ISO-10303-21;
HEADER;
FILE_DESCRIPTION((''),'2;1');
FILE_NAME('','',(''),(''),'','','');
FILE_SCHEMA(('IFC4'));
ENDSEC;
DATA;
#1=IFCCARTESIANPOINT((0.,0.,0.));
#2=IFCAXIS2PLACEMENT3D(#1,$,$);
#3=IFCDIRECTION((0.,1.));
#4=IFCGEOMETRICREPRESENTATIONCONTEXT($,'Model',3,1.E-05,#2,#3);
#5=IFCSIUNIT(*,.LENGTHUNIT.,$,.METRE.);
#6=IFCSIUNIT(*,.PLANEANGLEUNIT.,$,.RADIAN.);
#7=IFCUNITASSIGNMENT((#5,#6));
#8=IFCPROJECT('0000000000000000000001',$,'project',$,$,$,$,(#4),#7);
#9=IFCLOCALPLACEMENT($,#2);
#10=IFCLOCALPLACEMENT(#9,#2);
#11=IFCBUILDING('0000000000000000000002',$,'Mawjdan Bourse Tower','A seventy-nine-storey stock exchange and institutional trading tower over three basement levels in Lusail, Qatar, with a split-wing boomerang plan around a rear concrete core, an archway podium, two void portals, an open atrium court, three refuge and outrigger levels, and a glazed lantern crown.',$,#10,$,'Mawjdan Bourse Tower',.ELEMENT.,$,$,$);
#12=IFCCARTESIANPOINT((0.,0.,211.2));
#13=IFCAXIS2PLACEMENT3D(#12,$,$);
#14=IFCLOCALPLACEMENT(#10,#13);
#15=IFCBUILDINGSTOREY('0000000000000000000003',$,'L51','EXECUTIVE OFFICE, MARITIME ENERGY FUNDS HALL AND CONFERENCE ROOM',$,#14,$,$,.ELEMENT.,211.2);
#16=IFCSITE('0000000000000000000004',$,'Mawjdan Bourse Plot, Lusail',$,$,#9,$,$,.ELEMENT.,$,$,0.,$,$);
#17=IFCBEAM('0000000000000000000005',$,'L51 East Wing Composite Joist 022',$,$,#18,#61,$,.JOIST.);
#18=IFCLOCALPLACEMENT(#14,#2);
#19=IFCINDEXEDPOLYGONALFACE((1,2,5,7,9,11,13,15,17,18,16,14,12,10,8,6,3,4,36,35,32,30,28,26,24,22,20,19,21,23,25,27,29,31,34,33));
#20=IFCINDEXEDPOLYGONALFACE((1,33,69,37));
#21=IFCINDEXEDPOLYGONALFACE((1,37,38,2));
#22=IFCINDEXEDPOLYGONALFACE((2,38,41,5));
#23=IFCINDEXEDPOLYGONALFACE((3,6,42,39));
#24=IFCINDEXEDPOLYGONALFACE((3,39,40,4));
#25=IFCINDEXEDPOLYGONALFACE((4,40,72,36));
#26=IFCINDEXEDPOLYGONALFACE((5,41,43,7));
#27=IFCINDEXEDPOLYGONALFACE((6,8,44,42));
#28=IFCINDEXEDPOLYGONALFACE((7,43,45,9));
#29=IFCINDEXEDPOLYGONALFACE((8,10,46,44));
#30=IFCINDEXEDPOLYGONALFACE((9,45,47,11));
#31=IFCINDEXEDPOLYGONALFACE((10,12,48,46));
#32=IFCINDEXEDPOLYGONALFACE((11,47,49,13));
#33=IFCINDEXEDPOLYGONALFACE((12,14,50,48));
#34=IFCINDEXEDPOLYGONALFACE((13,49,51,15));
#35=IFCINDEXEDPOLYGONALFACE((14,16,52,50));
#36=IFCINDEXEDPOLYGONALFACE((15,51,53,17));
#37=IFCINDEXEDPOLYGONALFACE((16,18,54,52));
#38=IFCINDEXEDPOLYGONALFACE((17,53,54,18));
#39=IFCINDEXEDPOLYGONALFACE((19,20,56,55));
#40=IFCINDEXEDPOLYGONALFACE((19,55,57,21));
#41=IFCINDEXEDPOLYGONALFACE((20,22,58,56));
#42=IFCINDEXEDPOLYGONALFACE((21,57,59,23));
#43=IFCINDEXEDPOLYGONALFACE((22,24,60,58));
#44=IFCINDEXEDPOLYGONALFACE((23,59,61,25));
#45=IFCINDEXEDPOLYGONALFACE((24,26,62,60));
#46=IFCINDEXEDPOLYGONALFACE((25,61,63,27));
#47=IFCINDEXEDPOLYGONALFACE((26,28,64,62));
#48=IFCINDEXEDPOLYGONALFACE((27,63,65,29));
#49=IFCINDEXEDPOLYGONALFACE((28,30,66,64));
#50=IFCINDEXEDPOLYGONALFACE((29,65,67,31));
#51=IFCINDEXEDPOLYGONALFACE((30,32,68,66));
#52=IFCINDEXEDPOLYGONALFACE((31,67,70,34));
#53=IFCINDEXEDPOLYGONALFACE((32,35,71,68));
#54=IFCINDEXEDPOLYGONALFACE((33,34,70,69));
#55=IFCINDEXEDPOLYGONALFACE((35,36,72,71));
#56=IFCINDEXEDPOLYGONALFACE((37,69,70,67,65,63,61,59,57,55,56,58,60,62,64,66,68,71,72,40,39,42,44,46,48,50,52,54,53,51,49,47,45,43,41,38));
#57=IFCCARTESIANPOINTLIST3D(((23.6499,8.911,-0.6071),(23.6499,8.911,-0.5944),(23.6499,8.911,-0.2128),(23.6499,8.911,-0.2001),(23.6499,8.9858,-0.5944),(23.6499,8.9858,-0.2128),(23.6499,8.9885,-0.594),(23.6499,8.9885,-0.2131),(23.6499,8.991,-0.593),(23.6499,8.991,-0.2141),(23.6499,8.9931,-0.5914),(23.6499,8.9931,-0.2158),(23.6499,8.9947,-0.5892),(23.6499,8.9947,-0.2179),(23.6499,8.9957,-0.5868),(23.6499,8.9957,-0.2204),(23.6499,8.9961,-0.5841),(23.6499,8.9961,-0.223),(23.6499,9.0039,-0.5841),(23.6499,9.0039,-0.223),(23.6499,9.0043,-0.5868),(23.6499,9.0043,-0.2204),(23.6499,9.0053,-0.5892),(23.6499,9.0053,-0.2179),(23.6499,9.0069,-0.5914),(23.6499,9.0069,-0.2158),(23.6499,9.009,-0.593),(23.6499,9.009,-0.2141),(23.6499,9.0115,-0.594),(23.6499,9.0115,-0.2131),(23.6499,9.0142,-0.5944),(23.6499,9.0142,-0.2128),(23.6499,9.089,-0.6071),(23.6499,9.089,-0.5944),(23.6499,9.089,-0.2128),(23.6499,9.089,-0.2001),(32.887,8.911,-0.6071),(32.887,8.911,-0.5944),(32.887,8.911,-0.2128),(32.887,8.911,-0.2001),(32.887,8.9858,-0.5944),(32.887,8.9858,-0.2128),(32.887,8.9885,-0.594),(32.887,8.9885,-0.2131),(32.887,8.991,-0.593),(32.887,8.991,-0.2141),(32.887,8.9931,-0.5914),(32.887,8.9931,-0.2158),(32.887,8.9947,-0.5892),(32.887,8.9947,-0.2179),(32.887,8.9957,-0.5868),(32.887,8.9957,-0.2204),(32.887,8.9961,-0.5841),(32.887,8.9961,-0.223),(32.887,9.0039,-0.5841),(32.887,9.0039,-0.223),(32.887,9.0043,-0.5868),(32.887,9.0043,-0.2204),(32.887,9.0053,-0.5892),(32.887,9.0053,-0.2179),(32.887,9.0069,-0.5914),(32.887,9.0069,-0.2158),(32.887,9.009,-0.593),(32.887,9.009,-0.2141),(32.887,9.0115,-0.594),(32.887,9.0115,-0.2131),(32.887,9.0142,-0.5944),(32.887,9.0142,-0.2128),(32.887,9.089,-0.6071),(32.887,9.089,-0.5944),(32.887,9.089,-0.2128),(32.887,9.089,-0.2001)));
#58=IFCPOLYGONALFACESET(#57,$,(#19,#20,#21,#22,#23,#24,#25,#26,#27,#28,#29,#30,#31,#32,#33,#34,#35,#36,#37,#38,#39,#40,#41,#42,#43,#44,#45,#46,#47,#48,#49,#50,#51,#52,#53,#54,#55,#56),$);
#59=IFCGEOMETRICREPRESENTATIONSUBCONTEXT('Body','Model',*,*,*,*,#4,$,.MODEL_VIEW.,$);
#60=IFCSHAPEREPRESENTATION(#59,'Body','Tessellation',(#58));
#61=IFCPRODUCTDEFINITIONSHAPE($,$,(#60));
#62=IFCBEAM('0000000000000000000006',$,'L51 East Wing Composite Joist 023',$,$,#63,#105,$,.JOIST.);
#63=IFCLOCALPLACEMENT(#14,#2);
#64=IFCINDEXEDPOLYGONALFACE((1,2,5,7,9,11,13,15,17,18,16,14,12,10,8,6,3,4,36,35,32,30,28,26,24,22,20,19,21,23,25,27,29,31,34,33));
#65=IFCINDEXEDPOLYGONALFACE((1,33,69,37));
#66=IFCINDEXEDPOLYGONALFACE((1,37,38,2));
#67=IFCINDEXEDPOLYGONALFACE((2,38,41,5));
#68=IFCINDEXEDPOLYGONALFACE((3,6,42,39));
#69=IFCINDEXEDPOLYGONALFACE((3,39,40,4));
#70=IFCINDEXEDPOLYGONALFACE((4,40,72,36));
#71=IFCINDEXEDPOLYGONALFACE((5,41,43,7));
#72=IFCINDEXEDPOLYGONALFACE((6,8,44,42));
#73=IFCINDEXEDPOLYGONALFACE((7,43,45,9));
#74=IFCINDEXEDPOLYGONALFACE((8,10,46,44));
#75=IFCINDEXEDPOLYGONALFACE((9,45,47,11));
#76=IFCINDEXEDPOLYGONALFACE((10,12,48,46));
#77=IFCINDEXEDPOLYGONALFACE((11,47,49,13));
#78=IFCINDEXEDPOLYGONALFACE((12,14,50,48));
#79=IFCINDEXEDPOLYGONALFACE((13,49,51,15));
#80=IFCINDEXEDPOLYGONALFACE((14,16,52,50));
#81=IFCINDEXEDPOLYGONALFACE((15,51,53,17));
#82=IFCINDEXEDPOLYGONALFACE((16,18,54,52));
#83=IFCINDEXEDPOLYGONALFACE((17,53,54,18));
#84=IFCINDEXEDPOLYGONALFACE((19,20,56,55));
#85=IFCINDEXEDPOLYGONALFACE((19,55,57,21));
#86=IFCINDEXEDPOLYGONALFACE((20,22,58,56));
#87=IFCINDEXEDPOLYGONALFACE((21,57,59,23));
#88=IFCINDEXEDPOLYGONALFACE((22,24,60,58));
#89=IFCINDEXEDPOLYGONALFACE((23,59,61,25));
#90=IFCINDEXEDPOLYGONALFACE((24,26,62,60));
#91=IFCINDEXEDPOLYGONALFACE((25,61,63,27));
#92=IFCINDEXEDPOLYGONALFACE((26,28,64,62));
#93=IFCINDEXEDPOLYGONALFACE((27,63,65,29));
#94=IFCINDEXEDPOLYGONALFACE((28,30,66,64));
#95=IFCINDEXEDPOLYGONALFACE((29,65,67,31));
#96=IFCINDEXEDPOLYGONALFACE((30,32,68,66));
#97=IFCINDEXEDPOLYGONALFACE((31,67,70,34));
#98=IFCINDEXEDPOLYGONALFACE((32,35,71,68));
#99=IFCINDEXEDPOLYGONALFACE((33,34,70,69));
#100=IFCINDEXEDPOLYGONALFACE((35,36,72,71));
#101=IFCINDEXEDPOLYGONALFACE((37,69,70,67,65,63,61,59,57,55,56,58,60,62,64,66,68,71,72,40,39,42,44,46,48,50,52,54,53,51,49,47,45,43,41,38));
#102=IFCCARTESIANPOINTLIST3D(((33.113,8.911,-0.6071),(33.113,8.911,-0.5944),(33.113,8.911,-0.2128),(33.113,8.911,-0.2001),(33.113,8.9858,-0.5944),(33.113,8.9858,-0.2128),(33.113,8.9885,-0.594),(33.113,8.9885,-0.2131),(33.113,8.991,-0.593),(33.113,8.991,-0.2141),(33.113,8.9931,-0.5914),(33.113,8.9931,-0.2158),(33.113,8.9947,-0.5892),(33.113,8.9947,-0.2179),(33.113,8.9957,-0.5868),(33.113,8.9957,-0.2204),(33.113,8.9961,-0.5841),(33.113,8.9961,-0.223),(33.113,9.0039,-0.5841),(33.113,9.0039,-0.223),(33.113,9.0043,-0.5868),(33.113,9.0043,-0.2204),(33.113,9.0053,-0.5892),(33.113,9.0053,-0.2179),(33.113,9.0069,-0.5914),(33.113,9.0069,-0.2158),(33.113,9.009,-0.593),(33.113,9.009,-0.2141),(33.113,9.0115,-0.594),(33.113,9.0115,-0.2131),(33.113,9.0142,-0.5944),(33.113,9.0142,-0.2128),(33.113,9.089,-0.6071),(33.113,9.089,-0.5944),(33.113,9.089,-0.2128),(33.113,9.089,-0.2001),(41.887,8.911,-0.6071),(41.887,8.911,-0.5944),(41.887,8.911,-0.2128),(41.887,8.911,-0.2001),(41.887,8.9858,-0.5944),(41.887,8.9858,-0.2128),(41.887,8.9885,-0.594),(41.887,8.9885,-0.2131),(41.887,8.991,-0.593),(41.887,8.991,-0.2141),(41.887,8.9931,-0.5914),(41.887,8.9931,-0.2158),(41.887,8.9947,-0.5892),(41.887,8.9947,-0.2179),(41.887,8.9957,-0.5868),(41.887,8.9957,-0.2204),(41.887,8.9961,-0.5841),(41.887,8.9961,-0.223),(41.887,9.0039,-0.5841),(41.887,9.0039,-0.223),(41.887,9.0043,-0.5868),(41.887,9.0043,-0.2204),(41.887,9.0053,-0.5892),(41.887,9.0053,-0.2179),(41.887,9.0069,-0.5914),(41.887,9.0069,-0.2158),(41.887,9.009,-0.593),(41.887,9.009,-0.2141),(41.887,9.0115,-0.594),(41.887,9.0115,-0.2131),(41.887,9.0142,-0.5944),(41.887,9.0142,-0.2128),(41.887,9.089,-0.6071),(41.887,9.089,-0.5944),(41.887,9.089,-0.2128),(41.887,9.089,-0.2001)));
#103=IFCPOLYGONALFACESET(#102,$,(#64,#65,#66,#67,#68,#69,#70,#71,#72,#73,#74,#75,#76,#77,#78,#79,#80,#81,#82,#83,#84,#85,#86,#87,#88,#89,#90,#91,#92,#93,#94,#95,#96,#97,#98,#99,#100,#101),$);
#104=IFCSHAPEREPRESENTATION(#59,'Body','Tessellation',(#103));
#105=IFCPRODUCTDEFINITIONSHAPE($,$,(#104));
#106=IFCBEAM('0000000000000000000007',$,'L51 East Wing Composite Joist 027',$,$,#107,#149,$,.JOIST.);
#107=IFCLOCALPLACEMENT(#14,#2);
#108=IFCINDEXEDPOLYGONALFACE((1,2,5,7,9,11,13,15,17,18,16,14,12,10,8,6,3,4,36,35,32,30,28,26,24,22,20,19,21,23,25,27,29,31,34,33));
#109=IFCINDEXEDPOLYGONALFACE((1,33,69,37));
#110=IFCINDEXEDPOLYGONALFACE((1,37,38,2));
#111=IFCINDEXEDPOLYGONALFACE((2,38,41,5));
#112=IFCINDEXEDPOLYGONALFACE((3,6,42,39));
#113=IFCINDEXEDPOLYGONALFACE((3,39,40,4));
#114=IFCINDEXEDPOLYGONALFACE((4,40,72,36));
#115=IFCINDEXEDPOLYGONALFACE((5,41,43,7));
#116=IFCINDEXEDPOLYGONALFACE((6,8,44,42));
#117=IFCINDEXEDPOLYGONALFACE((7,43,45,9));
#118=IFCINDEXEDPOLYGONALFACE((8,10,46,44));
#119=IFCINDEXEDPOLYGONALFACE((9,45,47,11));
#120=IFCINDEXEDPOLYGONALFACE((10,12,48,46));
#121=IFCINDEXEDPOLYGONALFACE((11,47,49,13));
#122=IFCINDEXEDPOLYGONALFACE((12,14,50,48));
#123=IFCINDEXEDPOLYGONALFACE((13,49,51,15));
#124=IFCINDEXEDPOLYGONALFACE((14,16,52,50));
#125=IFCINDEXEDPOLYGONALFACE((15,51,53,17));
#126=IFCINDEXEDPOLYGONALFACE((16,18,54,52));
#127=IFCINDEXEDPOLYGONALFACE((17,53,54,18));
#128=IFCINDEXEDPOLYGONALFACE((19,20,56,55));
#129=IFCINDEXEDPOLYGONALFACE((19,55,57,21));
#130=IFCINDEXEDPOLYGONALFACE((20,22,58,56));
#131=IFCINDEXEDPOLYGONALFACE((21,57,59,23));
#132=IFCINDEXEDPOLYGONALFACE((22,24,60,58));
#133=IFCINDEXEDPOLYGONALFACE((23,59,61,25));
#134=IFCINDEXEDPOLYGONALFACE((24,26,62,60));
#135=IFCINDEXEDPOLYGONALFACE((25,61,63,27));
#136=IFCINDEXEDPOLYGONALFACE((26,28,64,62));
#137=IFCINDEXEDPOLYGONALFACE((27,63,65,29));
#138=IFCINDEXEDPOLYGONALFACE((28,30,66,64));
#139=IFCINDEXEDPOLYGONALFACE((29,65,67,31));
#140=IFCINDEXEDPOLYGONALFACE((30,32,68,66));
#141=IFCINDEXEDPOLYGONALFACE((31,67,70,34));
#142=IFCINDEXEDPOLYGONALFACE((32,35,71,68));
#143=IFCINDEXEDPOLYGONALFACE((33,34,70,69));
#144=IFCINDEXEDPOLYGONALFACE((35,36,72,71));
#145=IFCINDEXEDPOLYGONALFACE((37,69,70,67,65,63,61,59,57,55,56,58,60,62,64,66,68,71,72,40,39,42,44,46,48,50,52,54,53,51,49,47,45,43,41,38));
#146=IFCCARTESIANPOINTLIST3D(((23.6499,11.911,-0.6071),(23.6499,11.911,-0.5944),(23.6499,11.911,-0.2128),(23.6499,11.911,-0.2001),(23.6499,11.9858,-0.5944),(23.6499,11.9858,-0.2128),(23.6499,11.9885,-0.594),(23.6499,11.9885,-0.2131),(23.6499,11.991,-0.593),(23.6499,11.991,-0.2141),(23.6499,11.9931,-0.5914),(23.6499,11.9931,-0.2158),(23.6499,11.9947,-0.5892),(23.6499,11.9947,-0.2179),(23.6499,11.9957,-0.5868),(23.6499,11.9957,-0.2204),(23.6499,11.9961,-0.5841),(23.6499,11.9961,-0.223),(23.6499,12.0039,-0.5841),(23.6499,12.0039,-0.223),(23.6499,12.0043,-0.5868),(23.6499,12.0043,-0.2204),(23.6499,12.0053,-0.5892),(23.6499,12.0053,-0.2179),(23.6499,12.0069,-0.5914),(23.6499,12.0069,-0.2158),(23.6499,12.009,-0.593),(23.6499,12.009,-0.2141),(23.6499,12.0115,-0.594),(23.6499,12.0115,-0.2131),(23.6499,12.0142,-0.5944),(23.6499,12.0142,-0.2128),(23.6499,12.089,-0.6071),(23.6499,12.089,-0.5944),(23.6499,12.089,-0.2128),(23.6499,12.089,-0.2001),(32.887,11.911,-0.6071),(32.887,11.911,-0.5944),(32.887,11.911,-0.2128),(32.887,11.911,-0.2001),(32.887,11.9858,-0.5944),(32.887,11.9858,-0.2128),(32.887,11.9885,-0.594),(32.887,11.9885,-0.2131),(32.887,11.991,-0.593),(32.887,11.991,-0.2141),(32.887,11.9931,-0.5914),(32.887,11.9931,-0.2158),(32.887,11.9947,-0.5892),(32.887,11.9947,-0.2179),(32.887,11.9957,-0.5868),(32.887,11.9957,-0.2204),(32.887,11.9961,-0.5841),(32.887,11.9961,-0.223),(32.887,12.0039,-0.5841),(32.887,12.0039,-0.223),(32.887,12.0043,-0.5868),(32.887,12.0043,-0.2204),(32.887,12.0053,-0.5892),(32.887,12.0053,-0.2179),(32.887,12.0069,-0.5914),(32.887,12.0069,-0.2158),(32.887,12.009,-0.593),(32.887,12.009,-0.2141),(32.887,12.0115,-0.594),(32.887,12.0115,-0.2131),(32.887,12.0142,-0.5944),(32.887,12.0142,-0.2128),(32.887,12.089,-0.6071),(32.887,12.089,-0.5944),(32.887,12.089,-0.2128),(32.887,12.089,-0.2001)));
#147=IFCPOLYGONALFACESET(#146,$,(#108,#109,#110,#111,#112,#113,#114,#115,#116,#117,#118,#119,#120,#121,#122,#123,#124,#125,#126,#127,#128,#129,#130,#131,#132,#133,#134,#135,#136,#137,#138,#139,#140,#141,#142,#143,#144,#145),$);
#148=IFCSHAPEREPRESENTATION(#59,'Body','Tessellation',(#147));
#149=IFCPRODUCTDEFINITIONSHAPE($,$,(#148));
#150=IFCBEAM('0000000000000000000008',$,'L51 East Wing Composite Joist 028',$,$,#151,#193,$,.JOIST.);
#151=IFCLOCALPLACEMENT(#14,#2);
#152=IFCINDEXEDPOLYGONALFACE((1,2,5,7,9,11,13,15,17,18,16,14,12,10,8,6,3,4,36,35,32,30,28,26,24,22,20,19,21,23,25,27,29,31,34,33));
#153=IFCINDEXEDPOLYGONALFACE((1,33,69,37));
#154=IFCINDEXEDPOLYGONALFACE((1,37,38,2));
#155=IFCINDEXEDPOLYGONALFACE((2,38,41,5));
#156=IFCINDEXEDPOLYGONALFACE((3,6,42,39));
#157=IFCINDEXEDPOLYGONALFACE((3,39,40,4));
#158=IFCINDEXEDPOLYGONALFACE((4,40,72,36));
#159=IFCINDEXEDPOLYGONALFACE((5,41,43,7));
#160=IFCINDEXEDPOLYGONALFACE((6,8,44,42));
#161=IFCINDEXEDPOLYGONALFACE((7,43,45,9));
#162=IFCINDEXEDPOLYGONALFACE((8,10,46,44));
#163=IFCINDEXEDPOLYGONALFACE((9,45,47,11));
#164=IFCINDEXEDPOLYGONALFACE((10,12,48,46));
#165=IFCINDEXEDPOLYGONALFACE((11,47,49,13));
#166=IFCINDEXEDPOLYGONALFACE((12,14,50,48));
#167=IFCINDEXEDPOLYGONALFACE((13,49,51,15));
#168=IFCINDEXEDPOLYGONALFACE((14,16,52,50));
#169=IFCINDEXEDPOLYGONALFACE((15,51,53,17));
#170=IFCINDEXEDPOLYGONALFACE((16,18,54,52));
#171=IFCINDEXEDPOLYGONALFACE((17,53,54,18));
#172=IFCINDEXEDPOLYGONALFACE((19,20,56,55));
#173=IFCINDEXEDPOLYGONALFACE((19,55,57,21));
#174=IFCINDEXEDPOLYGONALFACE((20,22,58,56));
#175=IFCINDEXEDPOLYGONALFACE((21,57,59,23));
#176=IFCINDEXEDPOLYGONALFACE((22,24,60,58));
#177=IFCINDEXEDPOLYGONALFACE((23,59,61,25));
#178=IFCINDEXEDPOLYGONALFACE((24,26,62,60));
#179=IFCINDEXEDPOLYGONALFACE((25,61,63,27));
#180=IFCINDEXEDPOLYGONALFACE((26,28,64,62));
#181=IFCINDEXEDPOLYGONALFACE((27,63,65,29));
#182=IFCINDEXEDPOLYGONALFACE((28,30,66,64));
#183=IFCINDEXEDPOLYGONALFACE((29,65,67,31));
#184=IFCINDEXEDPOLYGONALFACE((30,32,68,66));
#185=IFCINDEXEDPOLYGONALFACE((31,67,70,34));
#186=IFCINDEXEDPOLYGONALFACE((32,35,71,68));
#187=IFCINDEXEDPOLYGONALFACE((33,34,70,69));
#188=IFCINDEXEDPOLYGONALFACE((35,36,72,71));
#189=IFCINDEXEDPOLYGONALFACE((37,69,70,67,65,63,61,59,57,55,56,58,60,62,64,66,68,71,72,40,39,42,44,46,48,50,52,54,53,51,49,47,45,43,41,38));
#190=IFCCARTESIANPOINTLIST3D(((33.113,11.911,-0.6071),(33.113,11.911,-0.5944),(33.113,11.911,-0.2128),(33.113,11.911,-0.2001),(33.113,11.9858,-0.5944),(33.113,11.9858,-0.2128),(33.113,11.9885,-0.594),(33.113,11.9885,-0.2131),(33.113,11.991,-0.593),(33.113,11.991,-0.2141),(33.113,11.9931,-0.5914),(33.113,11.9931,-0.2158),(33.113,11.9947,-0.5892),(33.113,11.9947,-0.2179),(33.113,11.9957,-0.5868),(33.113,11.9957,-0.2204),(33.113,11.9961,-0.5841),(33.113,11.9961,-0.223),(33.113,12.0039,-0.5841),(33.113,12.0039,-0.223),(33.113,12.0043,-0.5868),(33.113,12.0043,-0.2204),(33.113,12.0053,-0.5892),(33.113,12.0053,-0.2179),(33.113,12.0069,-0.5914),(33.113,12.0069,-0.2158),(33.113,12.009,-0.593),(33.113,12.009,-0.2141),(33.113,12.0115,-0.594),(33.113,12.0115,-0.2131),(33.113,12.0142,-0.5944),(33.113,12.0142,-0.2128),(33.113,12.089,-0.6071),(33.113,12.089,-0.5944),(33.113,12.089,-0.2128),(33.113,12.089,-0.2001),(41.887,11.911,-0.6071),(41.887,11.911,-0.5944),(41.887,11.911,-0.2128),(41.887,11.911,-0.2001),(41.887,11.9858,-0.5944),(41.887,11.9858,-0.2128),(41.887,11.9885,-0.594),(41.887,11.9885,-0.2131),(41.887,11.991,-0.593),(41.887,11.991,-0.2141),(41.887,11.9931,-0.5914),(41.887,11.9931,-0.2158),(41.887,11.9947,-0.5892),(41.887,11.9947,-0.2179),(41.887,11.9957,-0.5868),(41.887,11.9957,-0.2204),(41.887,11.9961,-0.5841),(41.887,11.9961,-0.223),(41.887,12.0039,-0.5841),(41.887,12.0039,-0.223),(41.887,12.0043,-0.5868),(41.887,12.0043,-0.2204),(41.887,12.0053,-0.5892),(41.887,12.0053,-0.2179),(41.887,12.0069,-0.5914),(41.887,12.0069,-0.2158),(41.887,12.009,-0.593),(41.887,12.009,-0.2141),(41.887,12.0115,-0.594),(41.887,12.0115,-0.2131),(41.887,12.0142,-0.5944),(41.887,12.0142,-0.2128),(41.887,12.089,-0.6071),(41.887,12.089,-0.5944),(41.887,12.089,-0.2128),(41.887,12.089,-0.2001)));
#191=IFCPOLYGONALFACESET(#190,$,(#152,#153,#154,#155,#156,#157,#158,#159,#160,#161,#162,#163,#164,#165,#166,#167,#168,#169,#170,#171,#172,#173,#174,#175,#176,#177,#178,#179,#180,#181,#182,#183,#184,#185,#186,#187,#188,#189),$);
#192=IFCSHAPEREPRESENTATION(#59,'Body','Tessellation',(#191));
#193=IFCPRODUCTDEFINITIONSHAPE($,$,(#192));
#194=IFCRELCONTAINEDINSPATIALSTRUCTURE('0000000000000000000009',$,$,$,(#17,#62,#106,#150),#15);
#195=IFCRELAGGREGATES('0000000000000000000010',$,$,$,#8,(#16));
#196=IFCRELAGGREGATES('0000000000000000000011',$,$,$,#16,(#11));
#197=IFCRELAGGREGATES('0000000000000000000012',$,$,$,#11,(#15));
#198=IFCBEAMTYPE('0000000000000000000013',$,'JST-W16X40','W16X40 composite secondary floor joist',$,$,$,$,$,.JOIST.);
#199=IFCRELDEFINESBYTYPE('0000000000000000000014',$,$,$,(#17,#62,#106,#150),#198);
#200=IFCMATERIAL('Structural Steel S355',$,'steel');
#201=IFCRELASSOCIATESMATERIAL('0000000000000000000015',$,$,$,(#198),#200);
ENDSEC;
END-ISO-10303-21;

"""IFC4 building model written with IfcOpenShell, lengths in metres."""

from ifc_helpers import new_model, si_unit, direction, frame, origin, origin_2d, place, context, subcontext, project, spatial, i_section, extrude, material, material_profile, profile_set, type_object, element, save


model = new_model("IFC4")

# Units and contexts
model_context = context("Model", 3, precision=1e-05, world=origin(), true_north=direction((0.0, 1.0)))
body_context = subcontext(model_context, "Body", "Model", "MODEL_VIEW")
ifc_project = project(units=[si_unit("LENGTHUNIT", "METRE"), si_unit("PLANEANGLEUNIT", "RADIAN")], contexts=[model_context])

# Site, building, storey
site_placement = place(None, origin())
site = spatial("IfcSite", under=ifc_project, at=site_placement, Name="Mawjdan Bourse Plot, Lusail", CompositionType="ELEMENT", RefElevation=0.0)
building_placement = place(site_placement, origin())
building = spatial("IfcBuilding", under=site, at=building_placement, Name="Mawjdan Bourse Tower", Description="A seventy-nine-storey stock exchange and institutional trading tower over three basement levels in Lusail, Qatar, with a split-wing boomerang plan around a rear concrete core, an archway podium, two void portals, an open atrium court, three refuge and outrigger levels, and a glazed lantern crown.", LongName="Mawjdan Bourse Tower", CompositionType="ELEMENT")
storey_placement = place(building_placement, frame((0.0, 0.0, 211.2)))
storey = spatial("IfcBuildingStorey", under=building, at=storey_placement, Name="L51", Description="EXECUTIVE OFFICE, MARITIME ENERGY FUNDS HALL AND CONFERENCE ROOM", CompositionType="ELEMENT", Elevation=211.2)

# Beams
ifc_material_1 = material(Name="Structural Steel S355", Category="steel")
ifc_material_profile_1 = material_profile(ifc_material_1, i_section(OverallWidth=0.178, OverallDepth=0.407, WebThickness=0.0078, FlangeThickness=0.0127, FilletRadius=0.0103, at=origin_2d()), Name="W16X40")
ifc_profile_set_1 = profile_set([ifc_material_profile_1], Name="Structural Steel S355")
beam_type_1 = type_object("IfcBeamType", Name="JST-W16X40", Description="W16X40 composite secondary floor joist", PredefinedType="JOIST", material=ifc_profile_set_1)
beam_1_placement = place(storey_placement, frame((23.6499, 9.0, -0.4036), z_axis=(1.0, 0.0, 0.0), x_axis=(0.0, 1.0, 0.0)))
element("IfcBeam", 1, at=beam_1_placement, inside=storey, type_object=beam_type_1, Name="L51 East Wing Composite Joist 022", PredefinedType="JOIST", context=body_context, shape_type="SweptSolid", body=[
    extrude(i_section(OverallWidth=0.178, OverallDepth=0.407, WebThickness=0.0078, FlangeThickness=0.0127, FilletRadius=0.0103, at=origin_2d()), origin(), (0.0, 0.0, 1.0), 9.2371),
])
beam_2_placement = place(storey_placement, frame((33.113, 9.0, -0.4036), z_axis=(1.0, 0.0, 0.0), x_axis=(0.0, 1.0, 0.0)))
element("IfcBeam", 2, at=beam_2_placement, inside=storey, type_object=beam_type_1, Name="L51 East Wing Composite Joist 023", PredefinedType="JOIST", context=body_context, shape_type="SweptSolid", body=[
    extrude(i_section(OverallWidth=0.178, OverallDepth=0.407, WebThickness=0.0078, FlangeThickness=0.0127, FilletRadius=0.0103, at=origin_2d()), origin(), (0.0, 0.0, 1.0), 8.7739),
])
beam_3_placement = place(storey_placement, frame((23.6499, 12.0, -0.4036), z_axis=(1.0, 0.0, 0.0), x_axis=(0.0, 1.0, 0.0)))
element("IfcBeam", 3, at=beam_3_placement, inside=storey, type_object=beam_type_1, Name="L51 East Wing Composite Joist 027", PredefinedType="JOIST", context=body_context, shape_type="SweptSolid", body=[
    extrude(i_section(OverallWidth=0.178, OverallDepth=0.407, WebThickness=0.0078, FlangeThickness=0.0127, FilletRadius=0.0103, at=origin_2d()), origin(), (0.0, 0.0, 1.0), 9.2371),
])
beam_4_placement = place(storey_placement, frame((33.113, 12.0, -0.4036), z_axis=(1.0, 0.0, 0.0), x_axis=(0.0, 1.0, 0.0)))
element("IfcBeam", 4, at=beam_4_placement, inside=storey, type_object=beam_type_1, Name="L51 East Wing Composite Joist 028", PredefinedType="JOIST", context=body_context, shape_type="SweptSolid", body=[
    extrude(i_section(OverallWidth=0.178, OverallDepth=0.407, WebThickness=0.0078, FlangeThickness=0.0127, FilletRadius=0.0103, at=origin_2d()), origin(), (0.0, 0.0, 1.0), 8.7739),
])

save(model, "model.ifc")
